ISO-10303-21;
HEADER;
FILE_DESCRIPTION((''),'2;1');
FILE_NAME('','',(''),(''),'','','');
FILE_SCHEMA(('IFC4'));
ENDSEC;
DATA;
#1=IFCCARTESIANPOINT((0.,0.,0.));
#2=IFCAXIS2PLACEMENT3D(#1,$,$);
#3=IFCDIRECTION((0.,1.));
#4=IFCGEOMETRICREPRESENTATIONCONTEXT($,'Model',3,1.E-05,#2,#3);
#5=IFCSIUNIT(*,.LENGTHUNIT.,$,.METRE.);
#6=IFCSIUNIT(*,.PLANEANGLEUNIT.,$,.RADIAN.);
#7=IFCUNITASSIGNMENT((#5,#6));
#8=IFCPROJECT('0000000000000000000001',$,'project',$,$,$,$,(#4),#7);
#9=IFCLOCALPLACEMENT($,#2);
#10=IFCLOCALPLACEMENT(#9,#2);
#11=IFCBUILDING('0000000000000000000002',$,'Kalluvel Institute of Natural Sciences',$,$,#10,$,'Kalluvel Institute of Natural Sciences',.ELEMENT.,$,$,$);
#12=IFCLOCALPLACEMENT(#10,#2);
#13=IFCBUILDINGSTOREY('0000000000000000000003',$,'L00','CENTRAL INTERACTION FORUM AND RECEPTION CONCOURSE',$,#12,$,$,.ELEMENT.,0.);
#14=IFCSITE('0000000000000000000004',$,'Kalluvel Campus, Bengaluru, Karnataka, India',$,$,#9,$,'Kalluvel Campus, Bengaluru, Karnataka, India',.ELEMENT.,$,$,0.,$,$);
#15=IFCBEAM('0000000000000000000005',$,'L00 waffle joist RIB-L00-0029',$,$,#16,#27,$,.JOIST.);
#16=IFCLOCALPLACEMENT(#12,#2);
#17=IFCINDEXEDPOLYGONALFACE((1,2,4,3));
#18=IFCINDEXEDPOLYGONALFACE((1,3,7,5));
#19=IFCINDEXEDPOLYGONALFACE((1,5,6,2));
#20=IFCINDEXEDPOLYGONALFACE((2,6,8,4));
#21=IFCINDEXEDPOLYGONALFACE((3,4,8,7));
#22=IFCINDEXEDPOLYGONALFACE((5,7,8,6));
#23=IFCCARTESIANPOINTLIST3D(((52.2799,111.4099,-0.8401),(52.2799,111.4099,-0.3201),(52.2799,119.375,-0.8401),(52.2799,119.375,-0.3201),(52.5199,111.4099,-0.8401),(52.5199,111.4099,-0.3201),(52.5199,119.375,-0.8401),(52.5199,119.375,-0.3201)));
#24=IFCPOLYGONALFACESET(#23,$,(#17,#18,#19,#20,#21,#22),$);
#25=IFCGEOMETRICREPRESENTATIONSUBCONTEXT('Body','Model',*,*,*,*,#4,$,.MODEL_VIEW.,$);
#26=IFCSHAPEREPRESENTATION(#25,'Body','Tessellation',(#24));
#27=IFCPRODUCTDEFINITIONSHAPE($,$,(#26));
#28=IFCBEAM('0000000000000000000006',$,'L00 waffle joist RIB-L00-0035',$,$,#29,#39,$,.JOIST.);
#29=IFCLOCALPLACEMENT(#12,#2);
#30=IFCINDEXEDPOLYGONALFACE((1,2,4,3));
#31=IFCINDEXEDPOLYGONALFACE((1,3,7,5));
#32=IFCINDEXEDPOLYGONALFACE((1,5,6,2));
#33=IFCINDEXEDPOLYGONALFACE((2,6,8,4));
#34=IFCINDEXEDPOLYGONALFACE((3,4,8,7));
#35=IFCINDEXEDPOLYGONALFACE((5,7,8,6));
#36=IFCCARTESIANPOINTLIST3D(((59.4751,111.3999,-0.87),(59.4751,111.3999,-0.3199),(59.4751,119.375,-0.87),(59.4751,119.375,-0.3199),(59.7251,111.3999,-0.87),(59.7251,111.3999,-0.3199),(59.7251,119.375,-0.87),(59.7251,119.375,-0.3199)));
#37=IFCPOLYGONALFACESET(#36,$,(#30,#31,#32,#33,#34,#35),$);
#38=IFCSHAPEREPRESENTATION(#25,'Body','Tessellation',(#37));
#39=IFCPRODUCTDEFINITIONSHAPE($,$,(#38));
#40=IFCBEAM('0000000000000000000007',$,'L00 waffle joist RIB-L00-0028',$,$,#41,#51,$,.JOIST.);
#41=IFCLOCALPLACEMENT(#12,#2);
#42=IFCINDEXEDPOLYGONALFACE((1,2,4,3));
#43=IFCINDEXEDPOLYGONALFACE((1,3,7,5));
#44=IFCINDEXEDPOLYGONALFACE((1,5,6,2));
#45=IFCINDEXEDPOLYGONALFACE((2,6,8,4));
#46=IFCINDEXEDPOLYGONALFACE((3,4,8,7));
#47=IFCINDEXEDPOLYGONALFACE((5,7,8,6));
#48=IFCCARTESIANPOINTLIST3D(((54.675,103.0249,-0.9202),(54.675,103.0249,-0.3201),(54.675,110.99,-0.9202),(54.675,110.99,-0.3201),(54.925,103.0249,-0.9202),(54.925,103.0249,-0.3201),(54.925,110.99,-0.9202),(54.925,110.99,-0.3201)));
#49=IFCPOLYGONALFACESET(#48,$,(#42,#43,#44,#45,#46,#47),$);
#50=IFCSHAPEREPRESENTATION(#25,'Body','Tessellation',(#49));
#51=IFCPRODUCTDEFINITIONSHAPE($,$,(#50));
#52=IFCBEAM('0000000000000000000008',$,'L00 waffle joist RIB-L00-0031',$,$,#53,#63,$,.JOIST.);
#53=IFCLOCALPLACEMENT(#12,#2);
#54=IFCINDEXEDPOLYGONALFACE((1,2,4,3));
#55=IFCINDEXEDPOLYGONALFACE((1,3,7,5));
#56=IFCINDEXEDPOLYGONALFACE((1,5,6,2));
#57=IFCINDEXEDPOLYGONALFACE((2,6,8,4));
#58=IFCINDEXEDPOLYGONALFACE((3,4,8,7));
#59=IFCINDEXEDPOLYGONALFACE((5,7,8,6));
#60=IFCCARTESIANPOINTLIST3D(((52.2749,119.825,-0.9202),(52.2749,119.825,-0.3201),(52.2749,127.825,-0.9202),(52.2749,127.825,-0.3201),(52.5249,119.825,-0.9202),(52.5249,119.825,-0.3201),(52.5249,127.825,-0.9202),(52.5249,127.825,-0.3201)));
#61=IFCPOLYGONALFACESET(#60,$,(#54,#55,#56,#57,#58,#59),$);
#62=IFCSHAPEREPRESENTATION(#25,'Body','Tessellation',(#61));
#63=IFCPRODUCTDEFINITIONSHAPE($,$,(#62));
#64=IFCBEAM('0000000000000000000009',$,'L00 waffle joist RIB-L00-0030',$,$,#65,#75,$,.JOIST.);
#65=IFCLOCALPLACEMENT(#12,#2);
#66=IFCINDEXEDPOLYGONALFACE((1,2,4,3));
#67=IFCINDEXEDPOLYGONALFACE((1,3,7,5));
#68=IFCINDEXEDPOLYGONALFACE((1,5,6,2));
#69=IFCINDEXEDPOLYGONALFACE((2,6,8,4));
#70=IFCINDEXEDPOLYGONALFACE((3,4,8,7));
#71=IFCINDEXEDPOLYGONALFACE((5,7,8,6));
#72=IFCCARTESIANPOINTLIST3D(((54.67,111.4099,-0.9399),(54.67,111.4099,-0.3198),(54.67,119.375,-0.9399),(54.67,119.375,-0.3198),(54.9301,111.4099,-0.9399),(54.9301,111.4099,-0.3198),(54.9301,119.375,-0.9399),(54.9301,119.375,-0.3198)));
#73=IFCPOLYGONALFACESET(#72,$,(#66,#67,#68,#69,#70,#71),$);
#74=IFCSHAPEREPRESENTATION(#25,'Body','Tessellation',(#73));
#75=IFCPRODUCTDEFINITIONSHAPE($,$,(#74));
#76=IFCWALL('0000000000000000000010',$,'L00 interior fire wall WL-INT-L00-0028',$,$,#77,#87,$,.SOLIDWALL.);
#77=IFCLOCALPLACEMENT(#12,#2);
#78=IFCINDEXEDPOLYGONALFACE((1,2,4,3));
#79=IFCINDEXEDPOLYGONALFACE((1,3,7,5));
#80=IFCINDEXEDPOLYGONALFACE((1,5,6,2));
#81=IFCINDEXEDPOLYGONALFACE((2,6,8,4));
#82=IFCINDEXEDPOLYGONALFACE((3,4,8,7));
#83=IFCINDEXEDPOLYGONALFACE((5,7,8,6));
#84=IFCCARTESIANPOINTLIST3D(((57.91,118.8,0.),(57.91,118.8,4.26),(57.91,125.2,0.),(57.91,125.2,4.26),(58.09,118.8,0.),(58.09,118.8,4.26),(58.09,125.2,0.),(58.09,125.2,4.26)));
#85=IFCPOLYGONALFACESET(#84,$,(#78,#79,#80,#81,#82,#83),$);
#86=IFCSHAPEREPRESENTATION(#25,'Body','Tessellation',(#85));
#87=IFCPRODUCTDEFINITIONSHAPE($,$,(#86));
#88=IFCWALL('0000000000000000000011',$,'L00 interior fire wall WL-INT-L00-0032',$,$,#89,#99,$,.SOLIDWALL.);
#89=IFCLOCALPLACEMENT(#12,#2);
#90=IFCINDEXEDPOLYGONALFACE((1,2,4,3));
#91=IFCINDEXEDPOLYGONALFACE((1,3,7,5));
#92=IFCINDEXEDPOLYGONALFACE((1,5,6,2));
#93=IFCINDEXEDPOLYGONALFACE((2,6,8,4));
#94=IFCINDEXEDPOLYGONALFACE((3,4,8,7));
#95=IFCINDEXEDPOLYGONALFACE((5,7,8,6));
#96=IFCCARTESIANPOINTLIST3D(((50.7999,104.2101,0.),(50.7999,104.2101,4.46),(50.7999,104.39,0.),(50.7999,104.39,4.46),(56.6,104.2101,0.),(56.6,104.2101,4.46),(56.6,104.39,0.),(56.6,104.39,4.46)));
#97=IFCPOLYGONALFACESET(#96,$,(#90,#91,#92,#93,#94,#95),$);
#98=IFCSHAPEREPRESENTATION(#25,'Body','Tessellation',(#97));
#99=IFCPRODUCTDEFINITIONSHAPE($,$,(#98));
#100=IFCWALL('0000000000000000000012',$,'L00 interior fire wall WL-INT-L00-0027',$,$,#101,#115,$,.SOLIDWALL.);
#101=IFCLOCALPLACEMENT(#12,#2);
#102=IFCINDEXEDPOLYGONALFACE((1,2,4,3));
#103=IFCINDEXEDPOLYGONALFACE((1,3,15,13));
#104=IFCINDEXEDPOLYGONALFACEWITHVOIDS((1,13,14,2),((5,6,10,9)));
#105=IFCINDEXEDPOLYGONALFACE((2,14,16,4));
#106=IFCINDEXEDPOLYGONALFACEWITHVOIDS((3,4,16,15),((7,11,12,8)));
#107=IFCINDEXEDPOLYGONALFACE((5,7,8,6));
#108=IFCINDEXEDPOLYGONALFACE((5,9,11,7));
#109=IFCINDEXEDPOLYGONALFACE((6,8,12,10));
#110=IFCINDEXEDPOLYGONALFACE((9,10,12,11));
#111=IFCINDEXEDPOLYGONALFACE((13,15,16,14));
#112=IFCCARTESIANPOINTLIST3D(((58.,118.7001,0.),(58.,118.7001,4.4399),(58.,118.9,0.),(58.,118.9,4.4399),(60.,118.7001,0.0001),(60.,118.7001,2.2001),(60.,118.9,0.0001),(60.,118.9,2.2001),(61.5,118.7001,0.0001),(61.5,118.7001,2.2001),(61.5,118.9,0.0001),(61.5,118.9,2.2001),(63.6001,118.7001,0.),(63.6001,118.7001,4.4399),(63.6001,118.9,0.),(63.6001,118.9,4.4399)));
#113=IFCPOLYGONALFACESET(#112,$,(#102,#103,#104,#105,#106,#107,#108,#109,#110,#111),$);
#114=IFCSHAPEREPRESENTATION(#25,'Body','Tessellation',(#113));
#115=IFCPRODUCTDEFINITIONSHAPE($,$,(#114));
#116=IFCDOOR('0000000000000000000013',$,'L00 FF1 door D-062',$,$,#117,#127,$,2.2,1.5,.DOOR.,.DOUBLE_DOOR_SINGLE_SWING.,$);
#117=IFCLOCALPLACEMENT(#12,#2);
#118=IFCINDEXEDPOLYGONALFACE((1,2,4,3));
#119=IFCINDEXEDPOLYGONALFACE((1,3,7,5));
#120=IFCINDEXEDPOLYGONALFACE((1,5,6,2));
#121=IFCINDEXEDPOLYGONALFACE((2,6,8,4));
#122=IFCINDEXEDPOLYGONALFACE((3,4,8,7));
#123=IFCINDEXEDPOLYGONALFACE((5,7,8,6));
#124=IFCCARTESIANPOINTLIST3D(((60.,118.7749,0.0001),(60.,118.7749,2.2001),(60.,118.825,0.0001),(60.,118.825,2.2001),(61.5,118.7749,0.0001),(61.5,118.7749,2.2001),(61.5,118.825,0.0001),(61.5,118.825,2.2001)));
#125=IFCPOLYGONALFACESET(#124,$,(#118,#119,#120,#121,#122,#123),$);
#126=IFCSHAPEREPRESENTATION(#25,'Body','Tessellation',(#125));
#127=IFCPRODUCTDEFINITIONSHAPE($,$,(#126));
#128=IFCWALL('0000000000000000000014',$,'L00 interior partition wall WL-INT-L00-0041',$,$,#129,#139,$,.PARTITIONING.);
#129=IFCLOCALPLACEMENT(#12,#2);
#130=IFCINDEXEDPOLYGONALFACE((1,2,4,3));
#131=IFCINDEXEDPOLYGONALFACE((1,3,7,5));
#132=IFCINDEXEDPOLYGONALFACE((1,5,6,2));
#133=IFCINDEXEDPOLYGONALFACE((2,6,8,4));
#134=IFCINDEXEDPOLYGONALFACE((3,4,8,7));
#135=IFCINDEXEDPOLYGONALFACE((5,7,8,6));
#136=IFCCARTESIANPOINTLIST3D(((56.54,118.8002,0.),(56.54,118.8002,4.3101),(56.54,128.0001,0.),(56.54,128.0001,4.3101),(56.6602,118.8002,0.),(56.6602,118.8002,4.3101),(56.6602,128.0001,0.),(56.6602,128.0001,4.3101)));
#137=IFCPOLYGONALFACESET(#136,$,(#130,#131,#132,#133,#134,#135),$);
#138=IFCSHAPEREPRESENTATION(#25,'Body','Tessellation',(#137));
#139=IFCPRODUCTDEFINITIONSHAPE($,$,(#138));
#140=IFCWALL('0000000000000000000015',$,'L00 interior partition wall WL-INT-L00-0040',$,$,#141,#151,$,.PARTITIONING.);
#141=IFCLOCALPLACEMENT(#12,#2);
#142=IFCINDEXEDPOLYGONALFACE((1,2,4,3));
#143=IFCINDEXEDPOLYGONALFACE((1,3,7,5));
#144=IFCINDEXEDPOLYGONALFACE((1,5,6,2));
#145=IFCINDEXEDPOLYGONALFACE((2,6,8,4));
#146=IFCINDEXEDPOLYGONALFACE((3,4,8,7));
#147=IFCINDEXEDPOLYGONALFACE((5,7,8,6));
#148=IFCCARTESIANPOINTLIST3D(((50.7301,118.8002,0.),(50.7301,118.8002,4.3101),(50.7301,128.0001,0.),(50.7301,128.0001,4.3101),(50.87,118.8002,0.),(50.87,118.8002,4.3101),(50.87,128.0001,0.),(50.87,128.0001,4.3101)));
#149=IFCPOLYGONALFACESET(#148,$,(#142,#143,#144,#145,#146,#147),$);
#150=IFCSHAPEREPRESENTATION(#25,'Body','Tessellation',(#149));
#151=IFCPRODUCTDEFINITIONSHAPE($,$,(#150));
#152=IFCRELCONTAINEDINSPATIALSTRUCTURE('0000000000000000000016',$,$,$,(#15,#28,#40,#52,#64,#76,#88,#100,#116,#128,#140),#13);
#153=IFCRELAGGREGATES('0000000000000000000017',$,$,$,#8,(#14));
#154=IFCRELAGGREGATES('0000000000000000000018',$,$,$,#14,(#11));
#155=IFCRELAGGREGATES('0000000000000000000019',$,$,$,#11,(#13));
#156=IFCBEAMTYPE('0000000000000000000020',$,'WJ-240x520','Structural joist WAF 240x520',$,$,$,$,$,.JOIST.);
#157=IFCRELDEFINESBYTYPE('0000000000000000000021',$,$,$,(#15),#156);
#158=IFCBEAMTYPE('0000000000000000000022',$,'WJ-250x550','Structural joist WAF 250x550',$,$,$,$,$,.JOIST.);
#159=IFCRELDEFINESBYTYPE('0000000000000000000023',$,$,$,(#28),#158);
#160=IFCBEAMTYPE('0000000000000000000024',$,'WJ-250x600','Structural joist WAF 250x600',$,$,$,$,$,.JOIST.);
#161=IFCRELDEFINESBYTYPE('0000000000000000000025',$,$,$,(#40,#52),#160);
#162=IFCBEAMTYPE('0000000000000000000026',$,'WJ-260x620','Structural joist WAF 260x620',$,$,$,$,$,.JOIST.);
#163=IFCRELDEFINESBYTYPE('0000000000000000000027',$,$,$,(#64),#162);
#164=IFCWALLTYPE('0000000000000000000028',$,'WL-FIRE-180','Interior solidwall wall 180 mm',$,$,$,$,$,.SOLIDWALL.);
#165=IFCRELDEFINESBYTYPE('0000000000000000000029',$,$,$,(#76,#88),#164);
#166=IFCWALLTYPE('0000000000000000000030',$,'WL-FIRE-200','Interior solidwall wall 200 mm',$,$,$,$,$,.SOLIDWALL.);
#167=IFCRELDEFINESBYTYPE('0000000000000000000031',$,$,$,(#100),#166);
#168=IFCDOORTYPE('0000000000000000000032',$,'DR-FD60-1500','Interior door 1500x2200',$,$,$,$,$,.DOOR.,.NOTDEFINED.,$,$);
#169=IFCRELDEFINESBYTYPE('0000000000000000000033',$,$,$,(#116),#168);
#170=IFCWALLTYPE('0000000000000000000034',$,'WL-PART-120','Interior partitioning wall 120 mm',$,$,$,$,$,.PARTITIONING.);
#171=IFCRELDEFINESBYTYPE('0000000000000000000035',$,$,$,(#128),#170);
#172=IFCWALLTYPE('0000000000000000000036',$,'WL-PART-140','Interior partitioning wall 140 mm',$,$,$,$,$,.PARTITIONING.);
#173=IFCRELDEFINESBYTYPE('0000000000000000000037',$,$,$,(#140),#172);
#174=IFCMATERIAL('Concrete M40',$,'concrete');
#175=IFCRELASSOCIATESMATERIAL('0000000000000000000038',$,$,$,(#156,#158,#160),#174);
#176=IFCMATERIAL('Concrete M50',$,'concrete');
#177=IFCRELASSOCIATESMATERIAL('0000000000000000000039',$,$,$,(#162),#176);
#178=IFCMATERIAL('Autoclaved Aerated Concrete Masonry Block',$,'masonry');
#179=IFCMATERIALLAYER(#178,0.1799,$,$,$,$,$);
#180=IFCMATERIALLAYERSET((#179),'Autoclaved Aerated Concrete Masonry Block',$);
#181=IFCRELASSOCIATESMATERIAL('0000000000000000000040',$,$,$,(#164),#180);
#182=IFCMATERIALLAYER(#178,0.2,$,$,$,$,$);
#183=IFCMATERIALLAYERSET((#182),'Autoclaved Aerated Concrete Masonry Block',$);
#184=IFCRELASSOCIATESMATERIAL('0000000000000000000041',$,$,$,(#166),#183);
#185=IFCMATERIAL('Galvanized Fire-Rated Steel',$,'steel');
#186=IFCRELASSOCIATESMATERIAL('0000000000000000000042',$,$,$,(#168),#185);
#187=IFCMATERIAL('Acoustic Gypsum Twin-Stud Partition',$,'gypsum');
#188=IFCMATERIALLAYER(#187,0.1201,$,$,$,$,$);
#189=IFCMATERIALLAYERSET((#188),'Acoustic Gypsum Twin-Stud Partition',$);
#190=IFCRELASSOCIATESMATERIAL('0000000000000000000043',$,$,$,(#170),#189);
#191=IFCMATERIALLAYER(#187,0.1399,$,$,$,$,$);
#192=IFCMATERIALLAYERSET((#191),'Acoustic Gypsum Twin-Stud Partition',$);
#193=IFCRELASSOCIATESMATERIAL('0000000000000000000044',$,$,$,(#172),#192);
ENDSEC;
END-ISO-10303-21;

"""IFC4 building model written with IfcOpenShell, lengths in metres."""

from ifc_helpers import new_model, si_unit, direction, frame, frame_2d, origin, origin_2d, place, context, subcontext, project, spatial, rectangle, extrude, material, layer, layer_set, material_profile, profile_set, type_object, element, fill, save


model = new_model("IFC4")

# Units and contexts
model_context = context("Model", 3, precision=1e-05, world=origin(), true_north=direction((0.0, 1.0)))
body_context = subcontext(model_context, "Body", "Model", "MODEL_VIEW")
ifc_project = project(units=[si_unit("LENGTHUNIT", "METRE"), si_unit("PLANEANGLEUNIT", "RADIAN")], contexts=[model_context])

# Site, building, storey
site_placement = place(None, origin())
site = spatial("IfcSite", under=ifc_project, at=site_placement, Name="Kalluvel Campus, Bengaluru, Karnataka, India", LongName="Kalluvel Campus, Bengaluru, Karnataka, India", CompositionType="ELEMENT", RefElevation=0.0)
building_placement = place(site_placement, origin())
building = spatial("IfcBuilding", under=site, at=building_placement, Name="Kalluvel Institute of Natural Sciences", LongName="Kalluvel Institute of Natural Sciences", CompositionType="ELEMENT")
storey_placement = place(building_placement, origin())
storey = spatial("IfcBuildingStorey", under=building, at=storey_placement, Name="L00", Description="CENTRAL INTERACTION FORUM AND RECEPTION CONCOURSE", CompositionType="ELEMENT", Elevation=0.0)

# Shared definitions
ifc_material_1 = material(Name="Concrete M50", Category="concrete")

# Beams
ifc_material_2 = material(Name="Concrete M40", Category="concrete")
ifc_material_profile_1 = material_profile(ifc_material_2, rectangle(XDim=0.24, YDim=0.52, at=origin_2d()), Name="WAF 240x520")
ifc_profile_set_1 = profile_set([ifc_material_profile_1], Name="Concrete M40")
beam_type_1 = type_object("IfcBeamType", Name="WJ-240x520", Description="Structural joist WAF 240x520", PredefinedType="JOIST", material=ifc_profile_set_1)
beam_1_placement = place(storey_placement, frame((52.3999, 111.4099, -0.5801), z_axis=(0.0, 1.0, 0.0), x_axis=(-1.0, 0.0, 0.0)))
element("IfcBeam", 1, at=beam_1_placement, inside=storey, type_object=beam_type_1, Name="L00 waffle joist RIB-L00-0029", PredefinedType="JOIST", context=body_context, shape_type="SweptSolid", body=[
    extrude(rectangle(XDim=0.24, YDim=0.52, at=origin_2d()), origin(), (0.0, 0.0, 1.0), 7.9651),
])
ifc_material_profile_2 = material_profile(ifc_material_2, rectangle(XDim=0.25, YDim=0.55, at=origin_2d()), Name="WAF 250x550")
ifc_profile_set_2 = profile_set([ifc_material_profile_2], Name="Concrete M40")
beam_type_2 = type_object("IfcBeamType", Name="WJ-250x550", Description="Structural joist WAF 250x550", PredefinedType="JOIST", material=ifc_profile_set_2)
beam_2_placement = place(storey_placement, frame((59.6001, 111.3999, -0.595), z_axis=(0.0, 1.0, 0.0), x_axis=(-1.0, 0.0, 0.0)))
element("IfcBeam", 2, at=beam_2_placement, inside=storey, type_object=beam_type_2, Name="L00 waffle joist RIB-L00-0035", PredefinedType="JOIST", context=body_context, shape_type="SweptSolid", body=[
    extrude(rectangle(XDim=0.25, YDim=0.55, at=origin_2d()), origin(), (0.0, 0.0, 1.0), 7.9751),
])
ifc_material_profile_3 = material_profile(ifc_material_2, rectangle(XDim=0.25, YDim=0.6001, at=origin_2d()), Name="WAF 250x600")
ifc_profile_set_3 = profile_set([ifc_material_profile_3], Name="Concrete M40")
beam_type_3 = type_object("IfcBeamType", Name="WJ-250x600", Description="Structural joist WAF 250x600", PredefinedType="JOIST", material=ifc_profile_set_3)
beam_3_placement = place(storey_placement, frame((54.8, 103.0249, -0.6201), z_axis=(0.0, 1.0, 0.0), x_axis=(-1.0, 0.0, 0.0)))
element("IfcBeam", 3, at=beam_3_placement, inside=storey, type_object=beam_type_3, Name="L00 waffle joist RIB-L00-0028", PredefinedType="JOIST", context=body_context, shape_type="SweptSolid", body=[
    extrude(rectangle(XDim=0.25, YDim=0.6001, at=origin_2d()), origin(), (0.0, 0.0, 1.0), 7.9651),
])
beam_4_placement = place(storey_placement, frame((52.3999, 119.825, -0.6201), z_axis=(0.0, 1.0, 0.0), x_axis=(-1.0, 0.0, 0.0)))
element("IfcBeam", 4, at=beam_4_placement, inside=storey, type_object=beam_type_3, Name="L00 waffle joist RIB-L00-0031", PredefinedType="JOIST", context=body_context, shape_type="SweptSolid", body=[
    extrude(rectangle(XDim=0.25, YDim=0.6001, at=origin_2d()), origin(), (0.0, 0.0, 1.0), 8.0),
])
ifc_material_profile_4 = material_profile(ifc_material_1, rectangle(XDim=0.26, YDim=0.6201, at=origin_2d()), Name="WAF 260x620")
ifc_profile_set_4 = profile_set([ifc_material_profile_4], Name="Concrete M50")
beam_type_4 = type_object("IfcBeamType", Name="WJ-260x620", Description="Structural joist WAF 260x620", PredefinedType="JOIST", material=ifc_profile_set_4)
beam_5_placement = place(storey_placement, frame((54.8, 111.4099, -0.6299), z_axis=(0.0, 1.0, 0.0), x_axis=(-1.0, 0.0, 0.0)))
element("IfcBeam", 5, at=beam_5_placement, inside=storey, type_object=beam_type_4, Name="L00 waffle joist RIB-L00-0030", PredefinedType="JOIST", context=body_context, shape_type="SweptSolid", body=[
    extrude(rectangle(XDim=0.26, YDim=0.6201, at=origin_2d()), origin(), (0.0, 0.0, 1.0), 7.9651),
])

# Walls
ifc_material_3 = material(Name="Autoclaved Aerated Concrete Masonry Block", Category="masonry")
ifc_layer_1 = layer(ifc_material_3, 0.1799)
ifc_layer_set_1 = layer_set([ifc_layer_1], Name="Autoclaved Aerated Concrete Masonry Block")
wall_type_1 = type_object("IfcWallType", Name="WL-FIRE-180", Description="Interior solidwall wall 180 mm", PredefinedType="SOLIDWALL", material=ifc_layer_set_1)
wall_1_placement = place(storey_placement, frame((58.0, 118.8, 0.0), z_axis=(0.0, 0.0, 1.0), x_axis=(0.0, 1.0, 0.0)))
element("IfcWall", 6, at=wall_1_placement, inside=storey, type_object=wall_type_1, Name="L00 interior fire wall WL-INT-L00-0028", PredefinedType="SOLIDWALL", context=body_context, shape_type="SweptSolid", body=[
    extrude(rectangle(XDim=6.3999, YDim=0.1799, at=frame_2d((3.2, 0.0))), origin(), (0.0, 0.0, 1.0), 4.26),
])
wall_2_placement = place(storey_placement, frame((50.8, 104.3, 0.0), z_axis=(0.0, 0.0, 1.0), x_axis=(1.0, 0.0, 0.0)))
element("IfcWall", 7, at=wall_2_placement, inside=storey, type_object=wall_type_1, Name="L00 interior fire wall WL-INT-L00-0032", PredefinedType="SOLIDWALL", context=body_context, shape_type="SweptSolid", body=[
    extrude(rectangle(XDim=5.8, YDim=0.1799, at=frame_2d((2.8999, 0.0))), origin(), (0.0, 0.0, 1.0), 4.46),
])

# Wall, opening, door
ifc_layer_2 = layer(ifc_material_3, 0.2)
ifc_layer_set_2 = layer_set([ifc_layer_2], Name="Autoclaved Aerated Concrete Masonry Block")
wall_type_2 = type_object("IfcWallType", Name="WL-FIRE-200", Description="Interior solidwall wall 200 mm", PredefinedType="SOLIDWALL", material=ifc_layer_set_2)
wall_3_placement = place(storey_placement, frame((58.0, 118.8, 0.0), z_axis=(0.0, 0.0, 1.0), x_axis=(1.0, 0.0, 0.0)))
wall_3 = element("IfcWall", 8, at=wall_3_placement, inside=storey, type_object=wall_type_2, Name="L00 interior fire wall WL-INT-L00-0027", PredefinedType="SOLIDWALL", context=body_context, shape_type="SweptSolid", body=[
    extrude(rectangle(XDim=5.6001, YDim=0.2, at=frame_2d((2.8, 0.0))), origin(), (0.0, 0.0, 1.0), 4.4399),
])
opening_1_placement = place(wall_3_placement, frame((2.0, 0.0, 0.0)))
opening_1 = element("IfcOpeningElement", 9, at=opening_1_placement, cuts=wall_3, PredefinedType="OPENING", context=body_context, shape_type="SweptSolid", body=[
    extrude(rectangle(XDim=1.5, YDim=2.2, at=frame_2d((0.75, 1.1001))), frame((0.0, 0.1099, 0.0), z_axis=(0.0, -1.0, 0.0), x_axis=(1.0, 0.0, 0.0)), (0.0, 0.0, 1.0), 0.22),
])
ifc_material_4 = material(Name="Galvanized Fire-Rated Steel", Category="steel")
door_type_1 = type_object("IfcDoorType", Name="DR-FD60-1500", Description="Interior door 1500x2200", OperationType="NOTDEFINED", PredefinedType="DOOR", material=ifc_material_4)
door_1_placement = place(opening_1_placement, origin())
door_1 = element("IfcDoor", 10, at=door_1_placement, inside=storey, type_object=door_type_1, Name="L00 FF1 door D-062", OperationType="DOUBLE_DOOR_SINGLE_SWING", OverallHeight=2.2, OverallWidth=1.5, PredefinedType="DOOR", context=body_context, shape_type="SweptSolid", body=[
    extrude(rectangle(XDim=1.5, YDim=2.2, at=frame_2d((0.75, 1.1001))), frame((0.0, 0.0249, 0.0), z_axis=(0.0, -1.0, 0.0), x_axis=(1.0, 0.0, 0.0)), (0.0, 0.0, 1.0), 0.05),
])
fill(opening_1, door_1)

# Walls
ifc_material_5 = material(Name="Acoustic Gypsum Twin-Stud Partition", Category="gypsum")
ifc_layer_3 = layer(ifc_material_5, 0.1201)
ifc_layer_set_3 = layer_set([ifc_layer_3], Name="Acoustic Gypsum Twin-Stud Partition")
wall_type_3 = type_object("IfcWallType", Name="WL-PART-120", Description="Interior partitioning wall 120 mm", PredefinedType="PARTITIONING", material=ifc_layer_set_3)
wall_4_placement = place(storey_placement, frame((56.6001, 118.8, 0.0), z_axis=(0.0, 0.0, 1.0), x_axis=(0.0, 1.0, 0.0)))
element("IfcWall", 11, at=wall_4_placement, inside=storey, type_object=wall_type_3, Name="L00 interior partition wall WL-INT-L00-0041", PredefinedType="PARTITIONING", context=body_context, shape_type="SweptSolid", body=[
    extrude(rectangle(XDim=9.2, YDim=0.1201, at=frame_2d((4.6001, 0.0))), origin(), (0.0, 0.0, 1.0), 4.3101),
])
ifc_layer_4 = layer(ifc_material_5, 0.1399)
ifc_layer_set_4 = layer_set([ifc_layer_4], Name="Acoustic Gypsum Twin-Stud Partition")
wall_type_4 = type_object("IfcWallType", Name="WL-PART-140", Description="Interior partitioning wall 140 mm", PredefinedType="PARTITIONING", material=ifc_layer_set_4)
wall_5_placement = place(storey_placement, frame((50.8, 118.8, 0.0), z_axis=(0.0, 0.0, 1.0), x_axis=(0.0, 1.0, 0.0)))
element("IfcWall", 12, at=wall_5_placement, inside=storey, type_object=wall_type_4, Name="L00 interior partition wall WL-INT-L00-0040", PredefinedType="PARTITIONING", context=body_context, shape_type="SweptSolid", body=[
    extrude(rectangle(XDim=9.2, YDim=0.1399, at=frame_2d((4.6001, 0.0))), origin(), (0.0, 0.0, 1.0), 4.3101),
])

save(model, "model.ifc")
